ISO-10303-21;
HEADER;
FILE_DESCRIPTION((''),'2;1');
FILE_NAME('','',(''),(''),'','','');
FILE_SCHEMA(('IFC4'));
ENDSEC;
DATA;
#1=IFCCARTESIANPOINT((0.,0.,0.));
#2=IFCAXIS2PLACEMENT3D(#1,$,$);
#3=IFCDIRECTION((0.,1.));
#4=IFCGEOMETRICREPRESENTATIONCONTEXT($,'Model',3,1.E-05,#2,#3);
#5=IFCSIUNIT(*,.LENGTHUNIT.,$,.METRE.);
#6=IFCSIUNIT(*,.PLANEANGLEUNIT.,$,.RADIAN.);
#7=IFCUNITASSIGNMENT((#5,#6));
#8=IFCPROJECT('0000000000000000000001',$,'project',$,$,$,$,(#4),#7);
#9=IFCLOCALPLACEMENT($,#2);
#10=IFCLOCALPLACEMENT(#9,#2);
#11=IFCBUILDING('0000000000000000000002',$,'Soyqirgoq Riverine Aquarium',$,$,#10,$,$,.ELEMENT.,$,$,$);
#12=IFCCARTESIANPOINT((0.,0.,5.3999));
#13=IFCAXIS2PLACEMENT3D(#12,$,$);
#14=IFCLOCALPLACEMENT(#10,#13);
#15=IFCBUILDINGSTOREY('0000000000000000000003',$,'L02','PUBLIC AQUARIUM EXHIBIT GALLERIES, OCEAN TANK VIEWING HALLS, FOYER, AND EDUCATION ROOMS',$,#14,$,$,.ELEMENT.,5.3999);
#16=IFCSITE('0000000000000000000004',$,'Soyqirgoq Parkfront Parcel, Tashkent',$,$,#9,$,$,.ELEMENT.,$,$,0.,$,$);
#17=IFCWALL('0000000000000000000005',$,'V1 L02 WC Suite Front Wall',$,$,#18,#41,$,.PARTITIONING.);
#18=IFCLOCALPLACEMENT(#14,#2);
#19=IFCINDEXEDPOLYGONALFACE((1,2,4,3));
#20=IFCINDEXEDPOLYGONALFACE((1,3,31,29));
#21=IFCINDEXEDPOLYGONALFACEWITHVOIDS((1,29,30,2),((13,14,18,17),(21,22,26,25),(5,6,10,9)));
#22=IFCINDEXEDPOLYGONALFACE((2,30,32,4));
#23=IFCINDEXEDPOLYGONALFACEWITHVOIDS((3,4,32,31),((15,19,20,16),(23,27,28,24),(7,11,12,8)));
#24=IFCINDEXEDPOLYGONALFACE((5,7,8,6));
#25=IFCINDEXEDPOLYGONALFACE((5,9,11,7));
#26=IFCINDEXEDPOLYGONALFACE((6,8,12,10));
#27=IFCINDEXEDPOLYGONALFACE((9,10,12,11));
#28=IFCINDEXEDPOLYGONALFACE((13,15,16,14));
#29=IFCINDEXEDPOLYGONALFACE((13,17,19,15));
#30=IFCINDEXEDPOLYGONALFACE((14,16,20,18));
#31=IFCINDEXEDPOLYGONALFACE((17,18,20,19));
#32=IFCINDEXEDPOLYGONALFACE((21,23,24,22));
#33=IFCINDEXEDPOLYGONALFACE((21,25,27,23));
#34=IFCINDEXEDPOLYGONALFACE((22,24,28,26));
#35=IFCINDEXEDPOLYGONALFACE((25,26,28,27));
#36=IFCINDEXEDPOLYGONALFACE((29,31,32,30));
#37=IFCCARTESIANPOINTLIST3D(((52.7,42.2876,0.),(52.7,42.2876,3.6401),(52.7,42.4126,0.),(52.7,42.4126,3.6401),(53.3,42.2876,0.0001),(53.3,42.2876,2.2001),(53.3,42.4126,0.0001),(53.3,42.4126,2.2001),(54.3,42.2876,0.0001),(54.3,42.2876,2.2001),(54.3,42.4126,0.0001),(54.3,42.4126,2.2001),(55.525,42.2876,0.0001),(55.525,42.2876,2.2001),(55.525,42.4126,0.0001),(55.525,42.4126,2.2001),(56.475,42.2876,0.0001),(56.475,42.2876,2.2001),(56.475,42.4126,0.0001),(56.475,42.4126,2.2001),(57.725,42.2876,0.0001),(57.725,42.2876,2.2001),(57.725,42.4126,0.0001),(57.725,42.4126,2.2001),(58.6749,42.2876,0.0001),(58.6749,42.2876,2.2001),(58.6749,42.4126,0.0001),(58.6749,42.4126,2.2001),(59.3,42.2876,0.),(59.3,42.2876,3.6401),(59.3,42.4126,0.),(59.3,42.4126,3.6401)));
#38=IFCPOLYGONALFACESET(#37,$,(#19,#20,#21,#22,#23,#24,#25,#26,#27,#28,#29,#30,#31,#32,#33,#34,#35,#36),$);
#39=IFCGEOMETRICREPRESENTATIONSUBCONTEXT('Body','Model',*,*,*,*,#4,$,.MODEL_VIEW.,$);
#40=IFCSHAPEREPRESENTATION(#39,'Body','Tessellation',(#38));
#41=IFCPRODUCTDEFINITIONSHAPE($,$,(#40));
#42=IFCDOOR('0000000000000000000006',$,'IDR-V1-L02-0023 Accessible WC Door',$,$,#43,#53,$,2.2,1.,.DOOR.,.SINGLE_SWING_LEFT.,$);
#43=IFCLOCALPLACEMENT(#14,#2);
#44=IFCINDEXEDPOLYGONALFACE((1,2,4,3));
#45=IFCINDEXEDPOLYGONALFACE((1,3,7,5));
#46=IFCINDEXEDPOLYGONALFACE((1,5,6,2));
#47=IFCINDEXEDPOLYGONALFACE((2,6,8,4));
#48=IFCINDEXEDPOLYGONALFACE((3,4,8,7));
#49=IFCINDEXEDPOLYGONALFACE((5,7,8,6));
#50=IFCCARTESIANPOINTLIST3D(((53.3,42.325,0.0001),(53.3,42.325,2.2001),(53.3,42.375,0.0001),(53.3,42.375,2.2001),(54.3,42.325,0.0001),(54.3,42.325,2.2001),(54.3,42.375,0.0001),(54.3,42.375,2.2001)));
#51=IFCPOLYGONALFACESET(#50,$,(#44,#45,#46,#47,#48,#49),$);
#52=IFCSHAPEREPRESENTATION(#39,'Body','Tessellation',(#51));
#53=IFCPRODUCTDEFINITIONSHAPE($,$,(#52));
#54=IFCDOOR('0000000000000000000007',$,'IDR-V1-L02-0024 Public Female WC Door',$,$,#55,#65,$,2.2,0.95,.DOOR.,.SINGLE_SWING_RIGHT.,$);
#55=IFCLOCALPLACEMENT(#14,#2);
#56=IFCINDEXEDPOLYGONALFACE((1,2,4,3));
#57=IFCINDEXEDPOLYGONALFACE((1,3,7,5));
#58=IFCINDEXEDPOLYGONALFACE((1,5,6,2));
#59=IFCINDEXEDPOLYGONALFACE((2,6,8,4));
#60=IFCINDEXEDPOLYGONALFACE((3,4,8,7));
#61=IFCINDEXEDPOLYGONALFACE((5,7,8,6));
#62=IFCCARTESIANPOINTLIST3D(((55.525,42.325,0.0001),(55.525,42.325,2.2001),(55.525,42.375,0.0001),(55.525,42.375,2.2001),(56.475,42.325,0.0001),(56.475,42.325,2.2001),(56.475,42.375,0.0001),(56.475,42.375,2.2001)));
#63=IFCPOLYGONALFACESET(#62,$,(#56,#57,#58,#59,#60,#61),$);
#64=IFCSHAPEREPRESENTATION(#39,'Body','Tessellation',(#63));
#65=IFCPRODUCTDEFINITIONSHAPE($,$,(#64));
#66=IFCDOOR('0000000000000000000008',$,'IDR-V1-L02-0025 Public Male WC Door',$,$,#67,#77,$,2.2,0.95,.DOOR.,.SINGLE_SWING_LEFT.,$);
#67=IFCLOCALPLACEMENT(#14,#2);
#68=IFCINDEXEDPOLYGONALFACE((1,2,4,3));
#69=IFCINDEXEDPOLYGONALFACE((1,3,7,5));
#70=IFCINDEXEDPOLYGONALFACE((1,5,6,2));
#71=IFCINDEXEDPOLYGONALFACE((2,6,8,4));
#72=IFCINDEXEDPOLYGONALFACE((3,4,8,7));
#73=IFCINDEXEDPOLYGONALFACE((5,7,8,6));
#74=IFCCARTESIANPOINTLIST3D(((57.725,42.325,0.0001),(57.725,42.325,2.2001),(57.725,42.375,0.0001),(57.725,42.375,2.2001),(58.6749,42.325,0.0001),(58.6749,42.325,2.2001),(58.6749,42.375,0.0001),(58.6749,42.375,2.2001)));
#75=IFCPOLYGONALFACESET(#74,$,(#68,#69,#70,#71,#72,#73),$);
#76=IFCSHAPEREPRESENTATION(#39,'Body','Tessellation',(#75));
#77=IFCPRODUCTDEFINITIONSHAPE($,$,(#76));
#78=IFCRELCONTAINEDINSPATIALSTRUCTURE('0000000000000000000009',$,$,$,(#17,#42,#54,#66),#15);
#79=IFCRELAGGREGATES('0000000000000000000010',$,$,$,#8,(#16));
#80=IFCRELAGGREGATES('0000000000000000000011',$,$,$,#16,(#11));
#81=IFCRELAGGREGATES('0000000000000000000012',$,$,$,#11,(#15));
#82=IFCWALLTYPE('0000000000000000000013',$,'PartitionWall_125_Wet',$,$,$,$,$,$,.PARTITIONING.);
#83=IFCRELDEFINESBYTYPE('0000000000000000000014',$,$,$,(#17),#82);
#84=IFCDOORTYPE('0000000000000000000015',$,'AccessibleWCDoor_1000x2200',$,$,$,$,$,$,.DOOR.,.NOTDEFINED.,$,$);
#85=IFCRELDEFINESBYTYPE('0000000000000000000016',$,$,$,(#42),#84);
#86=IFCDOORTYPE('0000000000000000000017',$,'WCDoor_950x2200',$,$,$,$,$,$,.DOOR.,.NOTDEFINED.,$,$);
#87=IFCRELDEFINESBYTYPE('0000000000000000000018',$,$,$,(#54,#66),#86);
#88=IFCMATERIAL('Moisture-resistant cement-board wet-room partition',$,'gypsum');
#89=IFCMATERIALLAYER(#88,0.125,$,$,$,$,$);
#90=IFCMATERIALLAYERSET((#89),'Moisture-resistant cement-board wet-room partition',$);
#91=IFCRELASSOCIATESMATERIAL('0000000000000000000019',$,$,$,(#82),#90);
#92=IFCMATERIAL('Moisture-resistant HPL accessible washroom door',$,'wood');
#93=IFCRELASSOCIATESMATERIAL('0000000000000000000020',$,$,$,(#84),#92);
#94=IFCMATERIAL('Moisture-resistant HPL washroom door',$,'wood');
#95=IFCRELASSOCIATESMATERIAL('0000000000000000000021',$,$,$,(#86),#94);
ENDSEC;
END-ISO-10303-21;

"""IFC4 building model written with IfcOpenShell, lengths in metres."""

from ifc_helpers import new_model, si_unit, direction, frame, frame_2d, origin, place, context, subcontext, project, spatial, rectangle, extrude, material, layer, layer_set, type_object, element, fill, save


model = new_model("IFC4")

# Units and contexts
model_context = context("Model", 3, precision=1e-05, world=origin(), true_north=direction((0.0, 1.0)))
body_context = subcontext(model_context, "Body", "Model", "MODEL_VIEW")
ifc_project = project(units=[si_unit("LENGTHUNIT", "METRE"), si_unit("PLANEANGLEUNIT", "RADIAN")], contexts=[model_context])

# Site, building, storey
site_placement = place(None, origin())
site = spatial("IfcSite", under=ifc_project, at=site_placement, Name="Soyqirgoq Parkfront Parcel, Tashkent", CompositionType="ELEMENT", RefElevation=0.0)
building_placement = place(site_placement, origin())
building = spatial("IfcBuilding", under=site, at=building_placement, Name="Soyqirgoq Riverine Aquarium", CompositionType="ELEMENT")
storey_placement = place(building_placement, frame((0.0, 0.0, 5.3999)))
storey = spatial("IfcBuildingStorey", under=building, at=storey_placement, Name="L02", Description="PUBLIC AQUARIUM EXHIBIT GALLERIES, OCEAN TANK VIEWING HALLS, FOYER, AND EDUCATION ROOMS", CompositionType="ELEMENT", Elevation=5.3999)

# Wall, openings, doors
ifc_material_1 = material(Name="Moisture-resistant cement-board wet-room partition", Category="gypsum")
ifc_layer_1 = layer(ifc_material_1, 0.125)
ifc_layer_set_1 = layer_set([ifc_layer_1], Name="Moisture-resistant cement-board wet-room partition")
wall_type_1 = type_object("IfcWallType", Name="PartitionWall_125_Wet", PredefinedType="PARTITIONING", material=ifc_layer_set_1)
wall_1_placement = place(storey_placement, frame((52.7, 42.3501, 0.0), z_axis=(0.0, 0.0, 1.0), x_axis=(1.0, 0.0, 0.0)))
wall_1 = element("IfcWall", 1, at=wall_1_placement, inside=storey, type_object=wall_type_1, Name="V1 L02 WC Suite Front Wall", PredefinedType="PARTITIONING", context=body_context, shape_type="SweptSolid", body=[
    extrude(rectangle(XDim=6.6001, YDim=0.125, at=frame_2d((3.3, 0.0))), origin(), (0.0, 0.0, 1.0), 3.6401),
])
opening_1_placement = place(wall_1_placement, frame((0.6001, 0.0, 0.0)))
opening_1 = element("IfcOpeningElement", 2, at=opening_1_placement, cuts=wall_1, PredefinedType="OPENING", context=body_context, shape_type="SweptSolid", body=[
    extrude(rectangle(XDim=1.0, YDim=2.2, at=frame_2d((0.5, 1.1001))), frame((0.0, 0.0725, 0.0), z_axis=(0.0, -1.0, 0.0), x_axis=(1.0, 0.0, 0.0)), (0.0, 0.0, 1.0), 0.145),
])
opening_2_placement = place(wall_1_placement, frame((2.825, 0.0, 0.0)))
opening_2 = element("IfcOpeningElement", 3, at=opening_2_placement, cuts=wall_1, PredefinedType="OPENING", context=body_context, shape_type="SweptSolid", body=[
    extrude(rectangle(XDim=0.95, YDim=2.2, at=frame_2d((0.4751, 1.1001))), frame((0.0, 0.0725, 0.0), z_axis=(0.0, -1.0, 0.0), x_axis=(1.0, 0.0, 0.0)), (0.0, 0.0, 1.0), 0.145),
])
opening_3_placement = place(wall_1_placement, frame((5.0249, 0.0, 0.0)))
opening_3 = element("IfcOpeningElement", 4, at=opening_3_placement, cuts=wall_1, PredefinedType="OPENING", context=body_context, shape_type="SweptSolid", body=[
    extrude(rectangle(XDim=0.95, YDim=2.2, at=frame_2d((0.4751, 1.1001))), frame((0.0, 0.0725, 0.0), z_axis=(0.0, -1.0, 0.0), x_axis=(1.0, 0.0, 0.0)), (0.0, 0.0, 1.0), 0.145),
])
ifc_material_2 = material(Name="Moisture-resistant HPL accessible washroom door", Category="wood")
door_type_1 = type_object("IfcDoorType", Name="AccessibleWCDoor_1000x2200", OperationType="NOTDEFINED", PredefinedType="DOOR", material=ifc_material_2)
door_1_placement = place(opening_1_placement, origin())
door_1 = element("IfcDoor", 5, at=door_1_placement, inside=storey, type_object=door_type_1, Name="IDR-V1-L02-0023 Accessible WC Door", OperationType="SINGLE_SWING_LEFT", OverallHeight=2.2, OverallWidth=1.0, PredefinedType="DOOR", context=body_context, shape_type="SweptSolid", body=[
    extrude(rectangle(XDim=1.0, YDim=2.2, at=frame_2d((0.5, 1.1001))), frame((0.0, 0.0249, 0.0), z_axis=(0.0, -1.0, 0.0), x_axis=(1.0, 0.0, 0.0)), (0.0, 0.0, 1.0), 0.05),
])
fill(opening_1, door_1)
ifc_material_3 = material(Name="Moisture-resistant HPL washroom door", Category="wood")
door_type_2 = type_object("IfcDoorType", Name="WCDoor_950x2200", OperationType="NOTDEFINED", PredefinedType="DOOR", material=ifc_material_3)
door_2_placement = place(opening_2_placement, origin())
door_2 = element("IfcDoor", 6, at=door_2_placement, inside=storey, type_object=door_type_2, Name="IDR-V1-L02-0024 Public Female WC Door", OperationType="SINGLE_SWING_RIGHT", OverallHeight=2.2, OverallWidth=0.95, PredefinedType="DOOR", context=body_context, shape_type="SweptSolid", body=[
    extrude(rectangle(XDim=0.95, YDim=2.2, at=frame_2d((0.4751, 1.1001))), frame((0.0, 0.0249, 0.0), z_axis=(0.0, -1.0, 0.0), x_axis=(1.0, 0.0, 0.0)), (0.0, 0.0, 1.0), 0.05),
])
fill(opening_2, door_2)
door_3_placement = place(opening_3_placement, origin())
door_3 = element("IfcDoor", 7, at=door_3_placement, inside=storey, type_object=door_type_2, Name="IDR-V1-L02-0025 Public Male WC Door", OperationType="SINGLE_SWING_LEFT", OverallHeight=2.2, OverallWidth=0.95, PredefinedType="DOOR", context=body_context, shape_type="SweptSolid", body=[
    extrude(rectangle(XDim=0.95, YDim=2.2, at=frame_2d((0.4751, 1.1001))), frame((0.0, 0.0249, 0.0), z_axis=(0.0, -1.0, 0.0), x_axis=(1.0, 0.0, 0.0)), (0.0, 0.0, 1.0), 0.05),
])
fill(opening_3, door_3)

save(model, "model.ifc")
